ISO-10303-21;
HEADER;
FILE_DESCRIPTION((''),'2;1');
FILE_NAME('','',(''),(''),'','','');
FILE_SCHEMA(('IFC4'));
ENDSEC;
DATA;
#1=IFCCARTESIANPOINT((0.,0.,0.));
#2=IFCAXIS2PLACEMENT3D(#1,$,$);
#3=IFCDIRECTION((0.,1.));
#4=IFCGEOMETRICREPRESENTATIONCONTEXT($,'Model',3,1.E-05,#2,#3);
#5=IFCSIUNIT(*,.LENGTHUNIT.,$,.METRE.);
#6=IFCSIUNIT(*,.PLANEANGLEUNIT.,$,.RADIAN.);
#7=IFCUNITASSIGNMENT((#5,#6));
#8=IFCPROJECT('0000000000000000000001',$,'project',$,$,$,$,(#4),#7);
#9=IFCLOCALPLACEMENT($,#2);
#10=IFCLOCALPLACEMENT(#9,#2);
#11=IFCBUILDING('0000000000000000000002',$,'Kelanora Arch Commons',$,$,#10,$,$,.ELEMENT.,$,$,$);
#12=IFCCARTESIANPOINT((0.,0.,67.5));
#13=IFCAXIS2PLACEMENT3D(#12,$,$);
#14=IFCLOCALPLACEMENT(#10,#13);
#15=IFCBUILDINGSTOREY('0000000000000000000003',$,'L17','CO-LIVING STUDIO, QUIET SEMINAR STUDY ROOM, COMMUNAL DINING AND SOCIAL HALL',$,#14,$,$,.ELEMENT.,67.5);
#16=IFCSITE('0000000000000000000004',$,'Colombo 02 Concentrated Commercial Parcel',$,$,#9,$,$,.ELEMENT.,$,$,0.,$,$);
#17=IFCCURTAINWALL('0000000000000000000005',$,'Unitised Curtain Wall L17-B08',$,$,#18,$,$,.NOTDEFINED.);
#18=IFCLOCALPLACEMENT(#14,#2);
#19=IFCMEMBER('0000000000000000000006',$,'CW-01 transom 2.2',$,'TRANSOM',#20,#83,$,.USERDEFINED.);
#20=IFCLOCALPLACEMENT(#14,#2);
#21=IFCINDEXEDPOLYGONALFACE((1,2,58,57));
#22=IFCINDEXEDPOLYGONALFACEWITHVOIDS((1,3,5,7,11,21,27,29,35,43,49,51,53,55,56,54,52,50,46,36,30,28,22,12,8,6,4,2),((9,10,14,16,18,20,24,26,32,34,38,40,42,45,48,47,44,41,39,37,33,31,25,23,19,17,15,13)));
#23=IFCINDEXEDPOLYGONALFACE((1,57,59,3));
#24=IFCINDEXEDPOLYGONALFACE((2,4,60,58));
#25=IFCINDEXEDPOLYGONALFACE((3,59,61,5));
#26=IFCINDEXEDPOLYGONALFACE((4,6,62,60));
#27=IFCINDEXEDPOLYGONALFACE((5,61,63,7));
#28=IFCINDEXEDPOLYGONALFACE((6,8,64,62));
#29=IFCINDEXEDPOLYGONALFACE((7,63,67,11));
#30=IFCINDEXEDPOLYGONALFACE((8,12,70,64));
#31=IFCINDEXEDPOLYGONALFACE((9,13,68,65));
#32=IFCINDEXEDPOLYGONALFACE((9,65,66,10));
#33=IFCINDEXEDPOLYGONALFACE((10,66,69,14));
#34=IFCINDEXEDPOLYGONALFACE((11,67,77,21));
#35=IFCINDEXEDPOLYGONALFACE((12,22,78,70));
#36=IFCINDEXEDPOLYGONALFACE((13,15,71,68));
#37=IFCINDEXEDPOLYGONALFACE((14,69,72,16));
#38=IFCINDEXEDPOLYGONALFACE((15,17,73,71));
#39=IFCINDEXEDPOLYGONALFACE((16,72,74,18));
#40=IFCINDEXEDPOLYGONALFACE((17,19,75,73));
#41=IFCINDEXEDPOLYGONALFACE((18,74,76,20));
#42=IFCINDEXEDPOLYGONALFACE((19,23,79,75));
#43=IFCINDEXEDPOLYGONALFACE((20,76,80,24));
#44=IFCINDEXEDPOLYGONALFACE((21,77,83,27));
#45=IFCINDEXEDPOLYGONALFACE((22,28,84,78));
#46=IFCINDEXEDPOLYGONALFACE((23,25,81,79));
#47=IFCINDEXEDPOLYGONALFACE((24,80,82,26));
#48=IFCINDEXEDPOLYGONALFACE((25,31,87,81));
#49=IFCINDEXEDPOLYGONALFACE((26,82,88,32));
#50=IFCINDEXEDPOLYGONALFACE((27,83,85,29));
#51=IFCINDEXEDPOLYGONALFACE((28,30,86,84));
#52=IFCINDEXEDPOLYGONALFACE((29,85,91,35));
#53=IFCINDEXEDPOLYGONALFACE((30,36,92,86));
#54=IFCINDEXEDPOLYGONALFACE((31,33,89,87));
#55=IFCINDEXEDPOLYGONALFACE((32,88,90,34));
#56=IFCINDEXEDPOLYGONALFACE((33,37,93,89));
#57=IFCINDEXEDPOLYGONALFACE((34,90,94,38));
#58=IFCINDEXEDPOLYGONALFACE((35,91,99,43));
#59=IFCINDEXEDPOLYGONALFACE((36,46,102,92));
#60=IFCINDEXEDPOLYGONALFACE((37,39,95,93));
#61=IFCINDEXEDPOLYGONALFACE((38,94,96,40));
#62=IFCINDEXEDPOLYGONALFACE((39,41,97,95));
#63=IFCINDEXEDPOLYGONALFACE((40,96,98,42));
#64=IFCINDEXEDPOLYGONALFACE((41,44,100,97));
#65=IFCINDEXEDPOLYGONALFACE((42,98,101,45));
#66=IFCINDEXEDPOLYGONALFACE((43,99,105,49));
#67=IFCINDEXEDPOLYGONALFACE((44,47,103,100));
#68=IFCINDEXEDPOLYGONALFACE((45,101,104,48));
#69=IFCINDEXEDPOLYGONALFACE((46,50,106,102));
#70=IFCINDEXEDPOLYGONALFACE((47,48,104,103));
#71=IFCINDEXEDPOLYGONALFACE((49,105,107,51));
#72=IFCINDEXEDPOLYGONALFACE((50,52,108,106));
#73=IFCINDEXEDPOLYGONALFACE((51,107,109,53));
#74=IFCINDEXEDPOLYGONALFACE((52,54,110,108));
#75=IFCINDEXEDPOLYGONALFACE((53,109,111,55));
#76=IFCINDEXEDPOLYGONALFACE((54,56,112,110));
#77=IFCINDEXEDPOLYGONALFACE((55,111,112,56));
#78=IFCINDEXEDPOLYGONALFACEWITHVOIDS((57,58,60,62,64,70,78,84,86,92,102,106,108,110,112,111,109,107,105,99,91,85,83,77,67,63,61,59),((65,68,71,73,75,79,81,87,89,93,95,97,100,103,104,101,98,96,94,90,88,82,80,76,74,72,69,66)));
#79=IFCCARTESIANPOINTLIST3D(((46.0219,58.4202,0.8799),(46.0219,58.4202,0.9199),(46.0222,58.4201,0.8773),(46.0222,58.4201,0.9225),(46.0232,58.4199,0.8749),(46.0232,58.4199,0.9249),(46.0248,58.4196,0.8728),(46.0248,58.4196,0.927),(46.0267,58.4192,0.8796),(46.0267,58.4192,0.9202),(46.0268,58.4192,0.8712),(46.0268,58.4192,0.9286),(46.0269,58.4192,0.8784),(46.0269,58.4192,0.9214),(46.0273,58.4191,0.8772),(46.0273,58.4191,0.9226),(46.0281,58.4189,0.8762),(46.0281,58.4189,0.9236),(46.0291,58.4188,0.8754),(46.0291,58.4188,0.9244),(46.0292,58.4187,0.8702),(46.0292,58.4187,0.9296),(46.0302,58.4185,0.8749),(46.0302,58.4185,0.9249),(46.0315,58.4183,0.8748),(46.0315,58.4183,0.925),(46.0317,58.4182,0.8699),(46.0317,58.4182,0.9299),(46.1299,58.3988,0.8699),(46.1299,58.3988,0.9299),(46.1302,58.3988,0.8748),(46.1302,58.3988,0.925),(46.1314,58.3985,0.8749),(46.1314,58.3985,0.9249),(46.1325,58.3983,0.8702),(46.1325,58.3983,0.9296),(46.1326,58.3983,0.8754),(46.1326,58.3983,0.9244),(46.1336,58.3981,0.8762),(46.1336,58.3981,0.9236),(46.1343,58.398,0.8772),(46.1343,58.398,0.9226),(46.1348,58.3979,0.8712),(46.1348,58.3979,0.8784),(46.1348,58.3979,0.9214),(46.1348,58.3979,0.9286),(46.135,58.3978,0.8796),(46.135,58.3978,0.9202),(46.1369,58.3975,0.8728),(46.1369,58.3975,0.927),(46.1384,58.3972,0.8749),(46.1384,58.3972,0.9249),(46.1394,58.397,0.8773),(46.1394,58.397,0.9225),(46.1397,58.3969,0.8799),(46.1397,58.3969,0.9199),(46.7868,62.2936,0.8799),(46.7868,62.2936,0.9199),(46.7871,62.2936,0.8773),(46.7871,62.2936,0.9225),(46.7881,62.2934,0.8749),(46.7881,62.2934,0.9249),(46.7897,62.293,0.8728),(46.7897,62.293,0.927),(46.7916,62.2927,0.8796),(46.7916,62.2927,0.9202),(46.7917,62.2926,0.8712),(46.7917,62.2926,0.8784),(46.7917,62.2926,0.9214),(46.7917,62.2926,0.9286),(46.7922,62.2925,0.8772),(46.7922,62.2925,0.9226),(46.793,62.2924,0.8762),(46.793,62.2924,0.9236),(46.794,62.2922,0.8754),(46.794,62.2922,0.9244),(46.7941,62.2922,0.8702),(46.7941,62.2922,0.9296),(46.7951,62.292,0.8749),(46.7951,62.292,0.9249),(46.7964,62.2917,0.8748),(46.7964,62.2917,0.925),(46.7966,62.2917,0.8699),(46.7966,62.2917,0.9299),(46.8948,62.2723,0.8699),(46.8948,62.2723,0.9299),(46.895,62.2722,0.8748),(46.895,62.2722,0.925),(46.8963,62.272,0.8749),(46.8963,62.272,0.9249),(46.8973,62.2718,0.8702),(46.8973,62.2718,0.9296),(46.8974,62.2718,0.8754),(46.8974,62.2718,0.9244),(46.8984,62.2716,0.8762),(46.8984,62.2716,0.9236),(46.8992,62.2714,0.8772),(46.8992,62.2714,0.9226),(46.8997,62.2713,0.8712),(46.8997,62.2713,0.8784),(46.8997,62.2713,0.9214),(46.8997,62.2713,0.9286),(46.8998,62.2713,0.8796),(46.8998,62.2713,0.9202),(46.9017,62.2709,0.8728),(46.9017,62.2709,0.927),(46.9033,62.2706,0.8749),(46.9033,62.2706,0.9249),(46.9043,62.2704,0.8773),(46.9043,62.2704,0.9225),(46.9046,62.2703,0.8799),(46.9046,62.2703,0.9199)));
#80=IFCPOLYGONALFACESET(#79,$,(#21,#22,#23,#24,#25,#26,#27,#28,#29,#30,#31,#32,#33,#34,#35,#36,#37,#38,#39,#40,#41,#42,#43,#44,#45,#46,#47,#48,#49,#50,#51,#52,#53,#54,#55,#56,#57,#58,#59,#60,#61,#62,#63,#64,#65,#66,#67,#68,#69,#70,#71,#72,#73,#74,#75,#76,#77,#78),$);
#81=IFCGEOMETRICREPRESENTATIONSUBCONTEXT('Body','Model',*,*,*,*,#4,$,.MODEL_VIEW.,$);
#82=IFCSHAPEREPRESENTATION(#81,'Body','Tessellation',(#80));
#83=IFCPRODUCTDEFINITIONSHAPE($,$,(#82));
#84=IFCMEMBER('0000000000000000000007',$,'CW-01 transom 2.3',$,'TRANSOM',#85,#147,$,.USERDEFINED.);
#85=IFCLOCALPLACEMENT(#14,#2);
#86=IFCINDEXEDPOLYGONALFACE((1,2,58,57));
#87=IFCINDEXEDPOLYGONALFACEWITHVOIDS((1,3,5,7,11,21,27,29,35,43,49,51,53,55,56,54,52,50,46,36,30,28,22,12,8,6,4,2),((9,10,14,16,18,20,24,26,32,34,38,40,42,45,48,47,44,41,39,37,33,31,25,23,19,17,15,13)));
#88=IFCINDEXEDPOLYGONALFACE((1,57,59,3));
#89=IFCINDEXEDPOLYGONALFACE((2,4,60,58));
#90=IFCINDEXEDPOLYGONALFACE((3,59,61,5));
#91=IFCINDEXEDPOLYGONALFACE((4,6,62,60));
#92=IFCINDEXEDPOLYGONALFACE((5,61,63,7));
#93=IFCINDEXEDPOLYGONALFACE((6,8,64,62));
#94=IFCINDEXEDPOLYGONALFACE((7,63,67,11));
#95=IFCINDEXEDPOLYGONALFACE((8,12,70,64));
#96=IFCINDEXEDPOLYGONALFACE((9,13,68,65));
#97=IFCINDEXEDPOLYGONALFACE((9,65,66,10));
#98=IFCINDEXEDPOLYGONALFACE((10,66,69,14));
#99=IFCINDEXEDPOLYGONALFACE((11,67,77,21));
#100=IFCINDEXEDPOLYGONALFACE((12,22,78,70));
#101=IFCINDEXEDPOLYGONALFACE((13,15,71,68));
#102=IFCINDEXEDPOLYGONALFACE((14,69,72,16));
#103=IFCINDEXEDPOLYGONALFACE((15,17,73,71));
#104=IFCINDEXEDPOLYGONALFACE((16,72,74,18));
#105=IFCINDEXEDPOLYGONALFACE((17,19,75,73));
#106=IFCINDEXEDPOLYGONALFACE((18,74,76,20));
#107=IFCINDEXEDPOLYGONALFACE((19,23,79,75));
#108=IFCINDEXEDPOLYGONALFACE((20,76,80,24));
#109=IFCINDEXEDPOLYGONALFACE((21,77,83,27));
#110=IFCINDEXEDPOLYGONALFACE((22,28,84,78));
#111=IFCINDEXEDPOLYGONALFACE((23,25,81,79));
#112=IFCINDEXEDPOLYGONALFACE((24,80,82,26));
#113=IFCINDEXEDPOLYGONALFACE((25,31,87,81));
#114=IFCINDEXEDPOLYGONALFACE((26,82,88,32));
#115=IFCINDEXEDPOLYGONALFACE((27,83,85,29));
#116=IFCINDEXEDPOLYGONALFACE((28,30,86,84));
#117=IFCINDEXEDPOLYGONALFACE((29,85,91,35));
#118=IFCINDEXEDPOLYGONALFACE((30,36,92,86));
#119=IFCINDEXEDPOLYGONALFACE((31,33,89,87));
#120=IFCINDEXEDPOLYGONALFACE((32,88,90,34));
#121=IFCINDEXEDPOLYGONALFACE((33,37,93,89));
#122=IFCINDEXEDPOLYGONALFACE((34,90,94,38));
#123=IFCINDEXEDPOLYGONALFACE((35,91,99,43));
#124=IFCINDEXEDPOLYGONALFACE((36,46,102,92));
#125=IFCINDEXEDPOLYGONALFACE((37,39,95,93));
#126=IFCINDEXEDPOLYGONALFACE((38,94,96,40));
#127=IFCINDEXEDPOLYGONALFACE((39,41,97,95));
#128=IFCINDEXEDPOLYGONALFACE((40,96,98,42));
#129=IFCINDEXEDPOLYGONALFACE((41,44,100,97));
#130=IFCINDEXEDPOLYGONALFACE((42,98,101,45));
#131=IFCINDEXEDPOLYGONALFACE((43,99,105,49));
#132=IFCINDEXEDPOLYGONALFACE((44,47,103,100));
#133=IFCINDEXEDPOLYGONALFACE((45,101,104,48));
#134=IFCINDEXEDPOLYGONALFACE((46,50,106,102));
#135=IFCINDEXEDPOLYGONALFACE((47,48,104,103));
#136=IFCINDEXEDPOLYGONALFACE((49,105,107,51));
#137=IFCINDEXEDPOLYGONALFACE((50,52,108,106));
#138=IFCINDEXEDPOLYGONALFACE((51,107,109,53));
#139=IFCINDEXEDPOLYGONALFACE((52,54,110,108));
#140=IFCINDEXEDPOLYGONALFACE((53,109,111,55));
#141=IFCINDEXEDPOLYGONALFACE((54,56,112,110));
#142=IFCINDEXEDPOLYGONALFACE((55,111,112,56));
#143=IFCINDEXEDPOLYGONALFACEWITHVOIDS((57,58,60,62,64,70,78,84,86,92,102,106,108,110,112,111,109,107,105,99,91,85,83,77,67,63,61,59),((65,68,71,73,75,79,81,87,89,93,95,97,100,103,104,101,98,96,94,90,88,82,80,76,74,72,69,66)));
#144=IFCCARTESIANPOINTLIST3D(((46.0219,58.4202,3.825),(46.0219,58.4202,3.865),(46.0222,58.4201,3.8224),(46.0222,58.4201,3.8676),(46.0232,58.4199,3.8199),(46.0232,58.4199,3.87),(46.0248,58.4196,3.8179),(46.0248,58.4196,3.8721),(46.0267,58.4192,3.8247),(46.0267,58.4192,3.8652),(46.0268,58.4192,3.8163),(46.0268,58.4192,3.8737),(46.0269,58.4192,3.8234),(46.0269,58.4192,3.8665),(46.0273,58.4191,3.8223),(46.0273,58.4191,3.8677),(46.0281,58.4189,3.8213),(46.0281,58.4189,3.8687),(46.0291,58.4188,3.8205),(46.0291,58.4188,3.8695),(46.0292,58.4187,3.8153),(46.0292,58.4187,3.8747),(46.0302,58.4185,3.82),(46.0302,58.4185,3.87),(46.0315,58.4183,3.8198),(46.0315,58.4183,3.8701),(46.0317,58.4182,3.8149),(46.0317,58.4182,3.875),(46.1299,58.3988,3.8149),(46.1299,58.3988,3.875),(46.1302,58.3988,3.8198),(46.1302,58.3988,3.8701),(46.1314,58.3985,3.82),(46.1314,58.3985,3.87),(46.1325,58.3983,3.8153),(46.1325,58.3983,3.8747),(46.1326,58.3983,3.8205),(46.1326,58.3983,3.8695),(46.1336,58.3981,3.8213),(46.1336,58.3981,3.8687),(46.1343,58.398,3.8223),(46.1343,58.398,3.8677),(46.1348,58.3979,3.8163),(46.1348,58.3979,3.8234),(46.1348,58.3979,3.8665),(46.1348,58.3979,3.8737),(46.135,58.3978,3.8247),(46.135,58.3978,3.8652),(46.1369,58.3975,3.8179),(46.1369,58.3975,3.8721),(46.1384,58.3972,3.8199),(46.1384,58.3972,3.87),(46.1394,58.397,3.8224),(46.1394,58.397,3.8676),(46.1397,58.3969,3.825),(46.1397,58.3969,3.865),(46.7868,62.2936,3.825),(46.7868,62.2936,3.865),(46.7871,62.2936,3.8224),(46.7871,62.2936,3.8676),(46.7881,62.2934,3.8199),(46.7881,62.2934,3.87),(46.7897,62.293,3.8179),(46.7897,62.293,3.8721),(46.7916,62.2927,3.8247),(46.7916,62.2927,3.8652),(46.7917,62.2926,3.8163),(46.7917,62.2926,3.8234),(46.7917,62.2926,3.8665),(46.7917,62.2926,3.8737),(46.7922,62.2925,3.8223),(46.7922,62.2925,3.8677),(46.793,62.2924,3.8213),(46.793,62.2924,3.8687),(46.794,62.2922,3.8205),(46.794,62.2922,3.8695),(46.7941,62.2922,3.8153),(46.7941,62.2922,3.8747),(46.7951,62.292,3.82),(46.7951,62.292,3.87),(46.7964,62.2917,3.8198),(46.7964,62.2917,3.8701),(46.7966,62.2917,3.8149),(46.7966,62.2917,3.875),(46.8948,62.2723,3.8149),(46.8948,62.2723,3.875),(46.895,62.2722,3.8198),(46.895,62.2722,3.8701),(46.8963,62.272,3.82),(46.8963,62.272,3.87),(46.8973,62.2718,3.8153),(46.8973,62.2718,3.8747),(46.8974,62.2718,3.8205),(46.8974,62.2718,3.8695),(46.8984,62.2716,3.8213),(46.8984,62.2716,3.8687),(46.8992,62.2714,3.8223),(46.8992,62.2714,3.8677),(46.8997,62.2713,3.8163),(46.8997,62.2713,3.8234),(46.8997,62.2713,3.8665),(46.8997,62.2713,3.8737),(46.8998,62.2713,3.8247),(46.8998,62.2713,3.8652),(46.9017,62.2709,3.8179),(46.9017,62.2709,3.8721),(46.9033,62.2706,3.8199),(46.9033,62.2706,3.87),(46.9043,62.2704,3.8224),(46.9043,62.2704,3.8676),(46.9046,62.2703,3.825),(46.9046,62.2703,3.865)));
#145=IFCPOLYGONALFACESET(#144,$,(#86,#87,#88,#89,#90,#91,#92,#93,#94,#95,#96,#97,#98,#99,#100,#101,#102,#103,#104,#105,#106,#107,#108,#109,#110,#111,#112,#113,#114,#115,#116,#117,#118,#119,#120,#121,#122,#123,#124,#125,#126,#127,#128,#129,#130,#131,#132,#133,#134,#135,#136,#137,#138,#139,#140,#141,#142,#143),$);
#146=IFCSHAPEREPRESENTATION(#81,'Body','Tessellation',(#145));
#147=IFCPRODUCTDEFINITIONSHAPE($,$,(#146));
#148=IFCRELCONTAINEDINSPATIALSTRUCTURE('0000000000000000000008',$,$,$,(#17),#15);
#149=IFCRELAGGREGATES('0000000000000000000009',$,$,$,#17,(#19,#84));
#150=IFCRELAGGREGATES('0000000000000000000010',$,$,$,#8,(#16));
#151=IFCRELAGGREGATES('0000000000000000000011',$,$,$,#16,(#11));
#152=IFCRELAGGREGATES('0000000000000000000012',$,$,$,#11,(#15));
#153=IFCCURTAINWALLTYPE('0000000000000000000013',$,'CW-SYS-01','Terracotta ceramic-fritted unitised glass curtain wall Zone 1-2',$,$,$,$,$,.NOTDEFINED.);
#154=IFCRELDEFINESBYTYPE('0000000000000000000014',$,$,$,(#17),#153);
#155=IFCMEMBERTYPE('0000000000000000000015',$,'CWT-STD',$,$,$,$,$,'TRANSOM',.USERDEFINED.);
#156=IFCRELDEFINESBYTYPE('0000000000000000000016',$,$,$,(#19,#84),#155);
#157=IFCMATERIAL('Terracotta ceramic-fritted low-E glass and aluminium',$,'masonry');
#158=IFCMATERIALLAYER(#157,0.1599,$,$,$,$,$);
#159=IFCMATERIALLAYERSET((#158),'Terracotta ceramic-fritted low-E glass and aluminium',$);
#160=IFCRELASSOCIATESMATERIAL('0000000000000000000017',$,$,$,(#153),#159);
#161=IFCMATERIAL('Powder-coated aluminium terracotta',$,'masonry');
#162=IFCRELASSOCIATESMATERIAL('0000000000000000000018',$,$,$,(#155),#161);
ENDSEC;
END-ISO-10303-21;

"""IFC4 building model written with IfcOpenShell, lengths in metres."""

from ifc_helpers import new_model, si_unit, direction, frame, origin, origin_2d, place, context, subcontext, project, spatial, hollow_rectangle, extrude, material, layer, layer_set, material_profile, profile_set, type_object, element, aggregate, save


model = new_model("IFC4")

# Units and contexts
model_context = context("Model", 3, precision=1e-05, world=origin(), true_north=direction((0.0, 1.0)))
body_context = subcontext(model_context, "Body", "Model", "MODEL_VIEW")
ifc_project = project(units=[si_unit("LENGTHUNIT", "METRE"), si_unit("PLANEANGLEUNIT", "RADIAN")], contexts=[model_context])

# Site, building, storey
site_placement = place(None, origin())
site = spatial("IfcSite", under=ifc_project, at=site_placement, Name="Colombo 02 Concentrated Commercial Parcel", CompositionType="ELEMENT", RefElevation=0.0)
building_placement = place(site_placement, origin())
building = spatial("IfcBuilding", under=site, at=building_placement, Name="Kelanora Arch Commons", CompositionType="ELEMENT")
storey_placement = place(building_placement, frame((0.0, 0.0, 67.5)))
storey = spatial("IfcBuildingStorey", under=building, at=storey_placement, Name="L17", Description="CO-LIVING STUDIO, QUIET SEMINAR STUDY ROOM, COMMUNAL DINING AND SOCIAL HALL", CompositionType="ELEMENT", Elevation=67.5)

# Curtain wall, members
ifc_material_1 = material(Name="Terracotta ceramic-fritted low-E glass and aluminium", Category="masonry")
ifc_layer_1 = layer(ifc_material_1, 0.1599)
ifc_layer_set_1 = layer_set([ifc_layer_1], Name="Terracotta ceramic-fritted low-E glass and aluminium")
curtain_wall_type = type_object("IfcCurtainWallType", Name="CW-SYS-01", Description="Terracotta ceramic-fritted unitised glass curtain wall Zone 1-2", PredefinedType="NOTDEFINED", material=ifc_layer_set_1)
curtain_wall_placement = place(storey_placement, origin())
curtain_wall = element("IfcCurtainWall", 1, at=curtain_wall_placement, inside=storey, type_object=curtain_wall_type, Name="Unitised Curtain Wall L17-B08", PredefinedType="NOTDEFINED")
ifc_material_2 = material(Name="Powder-coated aluminium terracotta", Category="masonry")
ifc_material_profile_1 = material_profile(ifc_material_2, hollow_rectangle(XDim=0.1201, YDim=0.0601, WallThickness=0.0049, InnerFilletRadius=0.0049, OuterFilletRadius=0.01, at=origin_2d()), Name="CWT120x60")
ifc_profile_set_1 = profile_set([ifc_material_profile_1], Name="Powder-coated aluminium terracotta")
member_type_1 = type_object("IfcMemberType", Name="CWT-STD", ElementType="TRANSOM", PredefinedType="USERDEFINED", material=ifc_profile_set_1)
member_1_placement = place(storey_placement, frame((46.8457, 62.282, 0.8999), z_axis=(-0.193725, -0.981056, 0.0), x_axis=(0.981056, -0.193725, 0.0)))
member_1 = element("IfcMember", 2, at=member_1_placement, type_object=member_type_1, Name="CW-01 transom 2.2", ObjectType="TRANSOM", PredefinedType="USERDEFINED", context=body_context, shape_type="SweptSolid", body=[
    extrude(hollow_rectangle(XDim=0.1201, YDim=0.0601, WallThickness=0.0049, InnerFilletRadius=0.0049, OuterFilletRadius=0.01, at=origin_2d()), origin(), (0.0, 0.0, 1.0), 3.9482),
])
member_2_placement = place(storey_placement, frame((46.8457, 62.282, 3.845), z_axis=(-0.193725, -0.981056, 0.0), x_axis=(0.981056, -0.193725, 0.0)))
member_2 = element("IfcMember", 3, at=member_2_placement, type_object=member_type_1, Name="CW-01 transom 2.3", ObjectType="TRANSOM", PredefinedType="USERDEFINED", context=body_context, shape_type="SweptSolid", body=[
    extrude(hollow_rectangle(XDim=0.1201, YDim=0.0601, WallThickness=0.0049, InnerFilletRadius=0.0049, OuterFilletRadius=0.01, at=origin_2d()), origin(), (0.0, 0.0, 1.0), 3.9482),
])
aggregate(curtain_wall, [member_1, member_2])

save(model, "model.ifc")
